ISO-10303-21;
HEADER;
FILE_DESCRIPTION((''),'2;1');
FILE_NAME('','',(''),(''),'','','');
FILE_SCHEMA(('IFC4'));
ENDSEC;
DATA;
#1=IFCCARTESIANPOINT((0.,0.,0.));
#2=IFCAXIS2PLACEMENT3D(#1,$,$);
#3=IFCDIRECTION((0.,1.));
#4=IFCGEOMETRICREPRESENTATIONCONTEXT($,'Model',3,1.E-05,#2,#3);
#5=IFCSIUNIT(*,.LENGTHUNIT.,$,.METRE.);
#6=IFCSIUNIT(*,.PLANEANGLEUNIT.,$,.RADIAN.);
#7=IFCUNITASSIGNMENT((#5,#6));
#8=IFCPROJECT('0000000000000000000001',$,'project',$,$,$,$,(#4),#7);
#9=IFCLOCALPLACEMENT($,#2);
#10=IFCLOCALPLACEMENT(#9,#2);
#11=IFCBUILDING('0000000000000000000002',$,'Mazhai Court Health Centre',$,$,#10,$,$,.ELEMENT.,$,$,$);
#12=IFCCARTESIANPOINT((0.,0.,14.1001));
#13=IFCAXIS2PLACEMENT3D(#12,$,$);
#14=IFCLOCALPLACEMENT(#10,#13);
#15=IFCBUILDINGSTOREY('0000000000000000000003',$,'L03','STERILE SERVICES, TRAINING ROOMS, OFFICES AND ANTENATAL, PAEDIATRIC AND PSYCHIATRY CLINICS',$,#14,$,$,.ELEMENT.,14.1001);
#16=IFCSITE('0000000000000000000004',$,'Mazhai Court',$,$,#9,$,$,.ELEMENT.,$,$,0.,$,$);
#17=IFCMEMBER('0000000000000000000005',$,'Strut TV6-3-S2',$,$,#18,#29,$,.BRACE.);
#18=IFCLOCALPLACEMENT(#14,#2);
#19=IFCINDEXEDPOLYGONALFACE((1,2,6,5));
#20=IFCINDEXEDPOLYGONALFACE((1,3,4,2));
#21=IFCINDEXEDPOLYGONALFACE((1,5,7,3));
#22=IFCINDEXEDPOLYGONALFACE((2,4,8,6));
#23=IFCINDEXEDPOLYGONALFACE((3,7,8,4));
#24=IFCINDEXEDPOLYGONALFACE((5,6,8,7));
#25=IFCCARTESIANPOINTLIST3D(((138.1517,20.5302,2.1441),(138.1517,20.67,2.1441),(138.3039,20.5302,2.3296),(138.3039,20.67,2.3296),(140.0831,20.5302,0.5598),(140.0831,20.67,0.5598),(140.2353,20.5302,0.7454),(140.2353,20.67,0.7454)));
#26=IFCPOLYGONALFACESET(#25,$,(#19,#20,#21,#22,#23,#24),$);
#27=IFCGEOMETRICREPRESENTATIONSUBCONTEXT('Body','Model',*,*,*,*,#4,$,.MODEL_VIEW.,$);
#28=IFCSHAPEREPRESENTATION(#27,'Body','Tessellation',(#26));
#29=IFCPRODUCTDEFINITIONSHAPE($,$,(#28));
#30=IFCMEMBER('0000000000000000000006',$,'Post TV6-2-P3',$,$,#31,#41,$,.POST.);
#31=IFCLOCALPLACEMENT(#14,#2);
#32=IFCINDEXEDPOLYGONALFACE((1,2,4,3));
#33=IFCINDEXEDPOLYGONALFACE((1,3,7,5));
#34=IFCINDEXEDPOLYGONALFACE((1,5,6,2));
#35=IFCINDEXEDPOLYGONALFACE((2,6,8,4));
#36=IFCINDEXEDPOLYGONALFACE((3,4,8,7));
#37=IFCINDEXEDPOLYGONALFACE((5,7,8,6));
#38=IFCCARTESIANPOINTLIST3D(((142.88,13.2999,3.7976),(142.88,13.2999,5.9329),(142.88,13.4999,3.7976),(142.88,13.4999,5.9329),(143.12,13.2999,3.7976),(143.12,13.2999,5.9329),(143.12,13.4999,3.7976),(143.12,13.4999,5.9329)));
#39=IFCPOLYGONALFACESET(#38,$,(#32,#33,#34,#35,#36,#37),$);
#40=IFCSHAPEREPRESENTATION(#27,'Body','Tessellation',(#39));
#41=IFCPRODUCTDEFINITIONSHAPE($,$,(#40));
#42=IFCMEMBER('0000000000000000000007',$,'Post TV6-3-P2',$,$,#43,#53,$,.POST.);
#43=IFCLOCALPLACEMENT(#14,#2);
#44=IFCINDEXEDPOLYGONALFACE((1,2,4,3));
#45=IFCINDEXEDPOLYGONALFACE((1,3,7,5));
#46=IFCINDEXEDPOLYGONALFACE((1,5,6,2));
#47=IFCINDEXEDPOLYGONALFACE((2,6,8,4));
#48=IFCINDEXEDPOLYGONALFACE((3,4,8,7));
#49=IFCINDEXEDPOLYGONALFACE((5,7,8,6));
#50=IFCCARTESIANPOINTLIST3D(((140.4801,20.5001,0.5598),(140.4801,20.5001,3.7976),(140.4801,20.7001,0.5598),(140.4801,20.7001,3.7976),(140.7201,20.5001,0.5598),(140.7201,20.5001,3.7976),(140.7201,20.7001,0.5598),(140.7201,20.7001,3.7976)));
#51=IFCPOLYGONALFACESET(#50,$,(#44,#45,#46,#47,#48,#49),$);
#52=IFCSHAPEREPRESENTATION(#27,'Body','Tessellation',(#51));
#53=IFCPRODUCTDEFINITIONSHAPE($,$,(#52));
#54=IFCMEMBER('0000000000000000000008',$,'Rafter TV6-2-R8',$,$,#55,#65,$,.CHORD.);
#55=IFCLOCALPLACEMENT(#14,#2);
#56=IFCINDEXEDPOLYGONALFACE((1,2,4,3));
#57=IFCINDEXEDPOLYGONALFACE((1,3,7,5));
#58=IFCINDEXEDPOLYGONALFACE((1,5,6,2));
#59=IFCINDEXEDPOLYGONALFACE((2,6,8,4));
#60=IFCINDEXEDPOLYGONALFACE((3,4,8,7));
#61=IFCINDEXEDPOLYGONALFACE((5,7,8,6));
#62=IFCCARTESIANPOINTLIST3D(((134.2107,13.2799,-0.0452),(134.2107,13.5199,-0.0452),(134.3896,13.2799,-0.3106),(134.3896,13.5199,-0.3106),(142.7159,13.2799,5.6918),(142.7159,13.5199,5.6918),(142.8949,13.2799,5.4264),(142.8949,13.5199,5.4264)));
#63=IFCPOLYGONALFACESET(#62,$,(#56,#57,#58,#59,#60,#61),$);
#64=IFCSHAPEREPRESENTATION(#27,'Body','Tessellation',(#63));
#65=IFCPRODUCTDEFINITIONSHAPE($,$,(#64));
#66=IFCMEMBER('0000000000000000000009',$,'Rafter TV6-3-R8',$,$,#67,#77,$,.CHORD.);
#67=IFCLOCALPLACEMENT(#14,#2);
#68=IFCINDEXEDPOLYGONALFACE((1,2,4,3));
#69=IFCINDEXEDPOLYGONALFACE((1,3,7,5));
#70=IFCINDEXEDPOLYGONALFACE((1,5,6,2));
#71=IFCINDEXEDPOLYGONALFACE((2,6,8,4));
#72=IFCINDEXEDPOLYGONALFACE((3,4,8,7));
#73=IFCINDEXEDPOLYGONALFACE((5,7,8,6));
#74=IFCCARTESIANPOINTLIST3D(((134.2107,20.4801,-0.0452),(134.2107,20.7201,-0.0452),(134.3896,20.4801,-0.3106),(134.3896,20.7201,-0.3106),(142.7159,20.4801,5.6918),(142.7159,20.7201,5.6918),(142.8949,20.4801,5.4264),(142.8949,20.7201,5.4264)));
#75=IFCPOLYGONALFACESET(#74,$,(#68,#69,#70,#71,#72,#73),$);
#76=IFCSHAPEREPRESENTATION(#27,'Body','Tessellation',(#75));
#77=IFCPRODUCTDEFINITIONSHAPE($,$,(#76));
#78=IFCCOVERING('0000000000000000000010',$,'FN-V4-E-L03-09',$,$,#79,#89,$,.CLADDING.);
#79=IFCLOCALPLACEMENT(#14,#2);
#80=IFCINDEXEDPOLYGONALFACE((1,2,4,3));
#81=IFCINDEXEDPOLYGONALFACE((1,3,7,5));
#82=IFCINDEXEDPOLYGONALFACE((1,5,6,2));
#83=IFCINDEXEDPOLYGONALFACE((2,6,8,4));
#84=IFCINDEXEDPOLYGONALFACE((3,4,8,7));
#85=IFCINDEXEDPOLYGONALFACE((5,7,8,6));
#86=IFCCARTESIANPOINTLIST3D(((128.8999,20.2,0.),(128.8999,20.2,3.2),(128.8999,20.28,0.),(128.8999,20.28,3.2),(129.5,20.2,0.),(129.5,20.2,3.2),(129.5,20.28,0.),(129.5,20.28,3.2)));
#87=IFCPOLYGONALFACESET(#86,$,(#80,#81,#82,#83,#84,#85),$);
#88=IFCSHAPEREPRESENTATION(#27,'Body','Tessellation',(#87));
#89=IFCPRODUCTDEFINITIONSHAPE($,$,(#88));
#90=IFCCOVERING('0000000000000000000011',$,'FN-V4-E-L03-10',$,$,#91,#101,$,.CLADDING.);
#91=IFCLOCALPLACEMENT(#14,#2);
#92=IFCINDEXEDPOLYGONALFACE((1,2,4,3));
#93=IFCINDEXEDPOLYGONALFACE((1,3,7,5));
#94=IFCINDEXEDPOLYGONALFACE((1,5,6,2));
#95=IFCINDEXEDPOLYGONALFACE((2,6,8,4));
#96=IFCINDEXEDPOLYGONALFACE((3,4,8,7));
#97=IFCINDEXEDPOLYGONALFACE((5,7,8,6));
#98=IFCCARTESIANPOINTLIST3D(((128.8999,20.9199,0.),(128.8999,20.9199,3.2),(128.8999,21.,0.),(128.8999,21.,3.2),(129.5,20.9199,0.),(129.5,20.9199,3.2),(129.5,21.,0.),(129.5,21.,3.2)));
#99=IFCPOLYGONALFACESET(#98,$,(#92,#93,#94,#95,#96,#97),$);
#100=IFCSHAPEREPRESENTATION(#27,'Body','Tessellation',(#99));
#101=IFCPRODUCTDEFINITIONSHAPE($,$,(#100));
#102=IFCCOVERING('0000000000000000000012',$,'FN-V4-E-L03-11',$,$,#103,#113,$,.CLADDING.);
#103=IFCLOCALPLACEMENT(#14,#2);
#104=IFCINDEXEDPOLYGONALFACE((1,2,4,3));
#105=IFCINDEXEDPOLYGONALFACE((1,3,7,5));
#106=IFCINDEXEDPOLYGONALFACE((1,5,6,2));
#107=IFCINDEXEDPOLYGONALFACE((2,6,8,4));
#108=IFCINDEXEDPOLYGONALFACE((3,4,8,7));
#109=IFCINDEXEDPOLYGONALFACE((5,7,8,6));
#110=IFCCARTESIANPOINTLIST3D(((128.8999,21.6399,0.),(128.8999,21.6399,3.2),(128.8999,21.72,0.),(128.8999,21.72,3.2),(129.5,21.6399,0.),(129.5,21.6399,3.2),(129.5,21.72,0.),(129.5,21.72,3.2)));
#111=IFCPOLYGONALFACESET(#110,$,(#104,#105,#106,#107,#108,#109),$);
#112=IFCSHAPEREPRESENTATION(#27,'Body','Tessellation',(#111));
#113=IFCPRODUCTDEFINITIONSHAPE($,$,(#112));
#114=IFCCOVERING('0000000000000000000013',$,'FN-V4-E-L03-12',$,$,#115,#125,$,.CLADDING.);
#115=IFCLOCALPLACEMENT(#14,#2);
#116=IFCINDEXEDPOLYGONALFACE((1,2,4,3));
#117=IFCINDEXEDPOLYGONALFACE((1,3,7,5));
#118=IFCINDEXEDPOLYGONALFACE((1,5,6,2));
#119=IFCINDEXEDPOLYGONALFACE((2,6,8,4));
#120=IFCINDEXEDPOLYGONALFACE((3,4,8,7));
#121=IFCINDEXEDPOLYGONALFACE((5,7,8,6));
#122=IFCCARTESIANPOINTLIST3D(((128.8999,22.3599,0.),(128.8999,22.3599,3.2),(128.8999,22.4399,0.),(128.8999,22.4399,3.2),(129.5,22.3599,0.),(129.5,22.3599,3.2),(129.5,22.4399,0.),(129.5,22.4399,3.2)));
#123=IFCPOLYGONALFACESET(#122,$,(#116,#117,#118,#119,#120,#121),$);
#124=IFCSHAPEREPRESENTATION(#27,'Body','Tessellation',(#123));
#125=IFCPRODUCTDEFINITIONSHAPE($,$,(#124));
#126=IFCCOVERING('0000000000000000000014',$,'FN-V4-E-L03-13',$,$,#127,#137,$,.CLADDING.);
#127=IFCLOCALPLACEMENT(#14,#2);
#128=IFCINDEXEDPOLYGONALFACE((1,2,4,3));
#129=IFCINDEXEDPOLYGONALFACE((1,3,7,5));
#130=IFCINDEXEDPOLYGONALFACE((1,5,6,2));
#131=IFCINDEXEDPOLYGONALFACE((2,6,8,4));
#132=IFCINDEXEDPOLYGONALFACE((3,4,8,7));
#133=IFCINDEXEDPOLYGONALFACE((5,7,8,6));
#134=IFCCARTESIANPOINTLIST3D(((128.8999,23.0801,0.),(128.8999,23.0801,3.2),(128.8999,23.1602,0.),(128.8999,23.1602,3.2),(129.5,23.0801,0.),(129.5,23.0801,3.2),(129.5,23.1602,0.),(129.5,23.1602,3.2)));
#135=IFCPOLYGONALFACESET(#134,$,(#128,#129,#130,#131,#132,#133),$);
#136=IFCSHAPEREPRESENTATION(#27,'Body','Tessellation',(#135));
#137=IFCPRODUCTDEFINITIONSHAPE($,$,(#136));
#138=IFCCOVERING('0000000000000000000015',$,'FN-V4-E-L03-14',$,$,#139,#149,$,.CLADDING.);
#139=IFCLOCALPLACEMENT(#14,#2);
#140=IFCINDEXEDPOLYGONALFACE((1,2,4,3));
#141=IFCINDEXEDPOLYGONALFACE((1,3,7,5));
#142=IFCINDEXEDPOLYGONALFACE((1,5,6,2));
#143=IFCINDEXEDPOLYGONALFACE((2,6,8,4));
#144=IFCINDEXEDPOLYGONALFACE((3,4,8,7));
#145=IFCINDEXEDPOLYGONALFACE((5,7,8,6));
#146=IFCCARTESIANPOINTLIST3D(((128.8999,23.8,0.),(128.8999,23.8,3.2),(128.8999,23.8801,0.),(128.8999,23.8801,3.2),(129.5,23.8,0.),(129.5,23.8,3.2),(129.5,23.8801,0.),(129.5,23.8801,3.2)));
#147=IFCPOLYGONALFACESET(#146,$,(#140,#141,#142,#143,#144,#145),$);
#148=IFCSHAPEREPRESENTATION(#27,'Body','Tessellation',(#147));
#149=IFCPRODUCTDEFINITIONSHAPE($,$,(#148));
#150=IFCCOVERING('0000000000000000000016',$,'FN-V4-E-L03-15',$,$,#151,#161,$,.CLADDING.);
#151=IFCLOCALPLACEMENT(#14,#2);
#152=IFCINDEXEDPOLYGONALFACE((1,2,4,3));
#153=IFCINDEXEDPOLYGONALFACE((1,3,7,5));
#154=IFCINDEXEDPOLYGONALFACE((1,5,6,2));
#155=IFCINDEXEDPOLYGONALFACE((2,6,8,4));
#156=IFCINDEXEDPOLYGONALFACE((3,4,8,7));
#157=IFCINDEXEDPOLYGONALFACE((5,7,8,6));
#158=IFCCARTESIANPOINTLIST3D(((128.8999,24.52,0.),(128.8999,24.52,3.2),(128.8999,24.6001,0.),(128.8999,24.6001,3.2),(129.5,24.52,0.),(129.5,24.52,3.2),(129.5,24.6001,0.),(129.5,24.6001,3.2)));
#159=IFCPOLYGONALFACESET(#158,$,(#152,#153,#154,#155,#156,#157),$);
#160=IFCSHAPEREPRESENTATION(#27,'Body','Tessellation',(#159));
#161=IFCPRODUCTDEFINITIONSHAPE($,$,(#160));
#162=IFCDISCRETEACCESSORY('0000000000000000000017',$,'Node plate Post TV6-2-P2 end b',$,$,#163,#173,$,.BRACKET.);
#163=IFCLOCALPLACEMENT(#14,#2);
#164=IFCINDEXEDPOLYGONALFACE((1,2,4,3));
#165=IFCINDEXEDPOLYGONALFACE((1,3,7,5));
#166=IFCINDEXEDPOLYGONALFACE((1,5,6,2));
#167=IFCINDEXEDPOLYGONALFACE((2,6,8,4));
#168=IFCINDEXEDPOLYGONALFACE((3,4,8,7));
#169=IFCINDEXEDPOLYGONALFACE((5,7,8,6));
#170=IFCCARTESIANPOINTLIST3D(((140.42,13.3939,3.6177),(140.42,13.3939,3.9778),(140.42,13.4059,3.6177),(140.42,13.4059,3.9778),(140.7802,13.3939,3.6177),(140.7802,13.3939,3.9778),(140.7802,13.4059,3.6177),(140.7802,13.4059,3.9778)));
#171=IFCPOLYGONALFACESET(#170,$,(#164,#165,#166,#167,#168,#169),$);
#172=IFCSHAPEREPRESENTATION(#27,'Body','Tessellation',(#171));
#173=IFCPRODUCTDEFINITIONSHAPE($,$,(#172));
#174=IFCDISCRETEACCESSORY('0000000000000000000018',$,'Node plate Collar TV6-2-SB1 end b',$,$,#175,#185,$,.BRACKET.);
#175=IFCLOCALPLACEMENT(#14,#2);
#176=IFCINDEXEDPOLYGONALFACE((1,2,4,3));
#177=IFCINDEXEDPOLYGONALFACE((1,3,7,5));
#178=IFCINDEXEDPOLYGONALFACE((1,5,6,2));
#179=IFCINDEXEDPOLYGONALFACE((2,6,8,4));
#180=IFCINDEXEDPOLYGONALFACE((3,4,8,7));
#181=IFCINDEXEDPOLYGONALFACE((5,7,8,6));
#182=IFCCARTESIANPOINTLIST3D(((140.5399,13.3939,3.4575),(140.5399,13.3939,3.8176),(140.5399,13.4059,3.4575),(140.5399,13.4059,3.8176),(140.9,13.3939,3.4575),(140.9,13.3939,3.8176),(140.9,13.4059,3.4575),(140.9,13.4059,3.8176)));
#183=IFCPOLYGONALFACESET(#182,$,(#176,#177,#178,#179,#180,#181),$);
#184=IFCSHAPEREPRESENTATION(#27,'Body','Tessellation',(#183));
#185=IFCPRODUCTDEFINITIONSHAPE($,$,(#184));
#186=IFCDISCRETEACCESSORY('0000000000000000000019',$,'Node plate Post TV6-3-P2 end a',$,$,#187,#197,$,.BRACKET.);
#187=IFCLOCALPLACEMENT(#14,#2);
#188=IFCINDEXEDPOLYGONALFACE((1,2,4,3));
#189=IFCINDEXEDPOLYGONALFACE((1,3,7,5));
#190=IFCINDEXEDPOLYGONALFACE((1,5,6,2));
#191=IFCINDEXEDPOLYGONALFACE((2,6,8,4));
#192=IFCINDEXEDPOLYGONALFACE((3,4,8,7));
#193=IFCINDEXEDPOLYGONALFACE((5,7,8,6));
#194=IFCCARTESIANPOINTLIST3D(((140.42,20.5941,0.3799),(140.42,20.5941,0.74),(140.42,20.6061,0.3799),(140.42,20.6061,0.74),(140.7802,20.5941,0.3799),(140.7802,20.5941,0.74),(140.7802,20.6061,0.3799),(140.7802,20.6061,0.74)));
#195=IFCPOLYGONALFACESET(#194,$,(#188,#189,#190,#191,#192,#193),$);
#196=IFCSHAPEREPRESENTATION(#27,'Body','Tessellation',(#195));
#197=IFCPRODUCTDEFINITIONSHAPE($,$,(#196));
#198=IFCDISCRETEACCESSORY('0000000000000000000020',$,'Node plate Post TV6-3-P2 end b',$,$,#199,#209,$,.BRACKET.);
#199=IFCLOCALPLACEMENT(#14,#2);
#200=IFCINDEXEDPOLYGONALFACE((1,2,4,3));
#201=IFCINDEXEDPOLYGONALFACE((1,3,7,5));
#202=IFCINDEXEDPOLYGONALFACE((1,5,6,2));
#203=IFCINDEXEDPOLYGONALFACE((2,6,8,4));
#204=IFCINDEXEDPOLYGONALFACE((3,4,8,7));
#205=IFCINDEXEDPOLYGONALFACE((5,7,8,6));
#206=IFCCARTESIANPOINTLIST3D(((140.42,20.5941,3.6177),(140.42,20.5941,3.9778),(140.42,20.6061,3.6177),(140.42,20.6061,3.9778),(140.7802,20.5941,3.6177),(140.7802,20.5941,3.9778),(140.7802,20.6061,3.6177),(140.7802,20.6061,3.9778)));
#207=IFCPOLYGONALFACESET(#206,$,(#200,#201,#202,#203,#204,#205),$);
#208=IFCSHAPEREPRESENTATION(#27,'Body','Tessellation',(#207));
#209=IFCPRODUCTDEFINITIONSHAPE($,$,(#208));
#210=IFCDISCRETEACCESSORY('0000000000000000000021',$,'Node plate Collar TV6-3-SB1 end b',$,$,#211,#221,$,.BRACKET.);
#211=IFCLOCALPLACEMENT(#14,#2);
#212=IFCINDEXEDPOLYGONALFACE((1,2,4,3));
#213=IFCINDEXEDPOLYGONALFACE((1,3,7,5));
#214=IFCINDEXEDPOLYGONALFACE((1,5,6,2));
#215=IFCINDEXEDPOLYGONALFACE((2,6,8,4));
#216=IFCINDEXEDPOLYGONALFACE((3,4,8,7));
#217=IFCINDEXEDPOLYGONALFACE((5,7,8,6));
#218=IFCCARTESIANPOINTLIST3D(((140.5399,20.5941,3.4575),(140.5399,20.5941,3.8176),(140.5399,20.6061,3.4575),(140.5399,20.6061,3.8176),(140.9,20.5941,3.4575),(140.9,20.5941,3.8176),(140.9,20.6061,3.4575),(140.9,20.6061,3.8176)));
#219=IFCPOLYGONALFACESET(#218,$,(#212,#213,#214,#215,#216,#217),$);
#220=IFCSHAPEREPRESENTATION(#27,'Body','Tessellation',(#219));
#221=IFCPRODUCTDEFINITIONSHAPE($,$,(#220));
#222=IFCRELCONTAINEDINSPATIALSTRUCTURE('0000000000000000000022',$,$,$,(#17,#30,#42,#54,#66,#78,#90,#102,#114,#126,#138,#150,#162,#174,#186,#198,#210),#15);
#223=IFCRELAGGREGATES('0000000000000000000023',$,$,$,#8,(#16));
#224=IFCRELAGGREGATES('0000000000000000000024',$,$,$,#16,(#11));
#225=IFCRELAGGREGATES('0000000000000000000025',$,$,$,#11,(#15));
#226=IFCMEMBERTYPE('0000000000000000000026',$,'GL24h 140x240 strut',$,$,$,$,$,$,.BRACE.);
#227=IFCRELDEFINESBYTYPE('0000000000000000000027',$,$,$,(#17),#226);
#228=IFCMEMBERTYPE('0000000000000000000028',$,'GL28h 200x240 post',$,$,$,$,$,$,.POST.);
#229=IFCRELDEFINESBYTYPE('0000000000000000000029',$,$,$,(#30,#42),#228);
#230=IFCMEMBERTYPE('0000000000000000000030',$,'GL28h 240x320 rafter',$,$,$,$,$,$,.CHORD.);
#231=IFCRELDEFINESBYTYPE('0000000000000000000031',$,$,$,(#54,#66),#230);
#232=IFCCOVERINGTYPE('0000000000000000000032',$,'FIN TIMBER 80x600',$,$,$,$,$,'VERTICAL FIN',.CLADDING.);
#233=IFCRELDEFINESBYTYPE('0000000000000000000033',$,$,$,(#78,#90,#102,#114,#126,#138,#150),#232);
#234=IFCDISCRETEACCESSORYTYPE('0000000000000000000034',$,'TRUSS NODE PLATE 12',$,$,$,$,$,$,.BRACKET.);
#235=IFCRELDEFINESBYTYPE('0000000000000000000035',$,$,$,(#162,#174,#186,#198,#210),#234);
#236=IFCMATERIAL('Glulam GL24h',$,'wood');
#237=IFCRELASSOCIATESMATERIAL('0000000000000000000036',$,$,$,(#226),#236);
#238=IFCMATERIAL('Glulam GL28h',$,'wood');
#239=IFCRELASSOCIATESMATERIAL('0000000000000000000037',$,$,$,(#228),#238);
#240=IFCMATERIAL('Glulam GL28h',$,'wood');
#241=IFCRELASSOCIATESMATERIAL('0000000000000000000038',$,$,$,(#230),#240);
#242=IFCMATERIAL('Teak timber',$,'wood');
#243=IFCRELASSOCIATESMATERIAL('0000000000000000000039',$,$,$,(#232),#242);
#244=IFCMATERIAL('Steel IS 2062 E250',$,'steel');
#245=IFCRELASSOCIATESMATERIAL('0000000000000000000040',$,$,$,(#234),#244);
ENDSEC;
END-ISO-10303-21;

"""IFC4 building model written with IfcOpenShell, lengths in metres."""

from ifc_helpers import new_model, si_unit, direction, frame, origin, origin_2d, place, context, subcontext, project, spatial, rectangle, extrude, material, material_profile, profile_set, type_object, element, save


model = new_model("IFC4")

# Units and contexts
model_context = context("Model", 3, precision=1e-05, world=origin(), true_north=direction((0.0, 1.0)))
body_context = subcontext(model_context, "Body", "Model", "MODEL_VIEW")
ifc_project = project(units=[si_unit("LENGTHUNIT", "METRE"), si_unit("PLANEANGLEUNIT", "RADIAN")], contexts=[model_context])

# Site, building, storey
site_placement = place(None, origin())
site = spatial("IfcSite", under=ifc_project, at=site_placement, Name="Mazhai Court", CompositionType="ELEMENT", RefElevation=0.0)
building_placement = place(site_placement, origin())
building = spatial("IfcBuilding", under=site, at=building_placement, Name="Mazhai Court Health Centre", CompositionType="ELEMENT")
storey_placement = place(building_placement, frame((0.0, 0.0, 14.1001)))
storey = spatial("IfcBuildingStorey", under=building, at=storey_placement, Name="L03", Description="STERILE SERVICES, TRAINING ROOMS, OFFICES AND ANTENATAL, PAEDIATRIC AND PSYCHIATRY CLINICS", CompositionType="ELEMENT", Elevation=14.1001)

# Members
ifc_material_1 = material(Name="Glulam GL24h", Category="wood")
ifc_material_profile_1 = material_profile(ifc_material_1, rectangle(XDim=0.1399, YDim=0.24, at=origin_2d()), Name="GL24h 140x240")
ifc_profile_set_1 = profile_set([ifc_material_profile_1], Name="Glulam GL24h")
member_type_1 = type_object("IfcMemberType", Name="GL24h 140x240 strut", PredefinedType="BRACE", material=ifc_profile_set_1)
member_1_placement = place(storey_placement, frame((140.1592, 20.6001, 0.6526), z_axis=(-0.773173, 0.0, 0.634195), x_axis=(0.0, -1.0, 0.0)))
element("IfcMember", 1, at=member_1_placement, inside=storey, type_object=member_type_1, Name="Strut TV6-3-S2", PredefinedType="BRACE", context=body_context, shape_type="SweptSolid", body=[
    extrude(rectangle(XDim=0.1399, YDim=0.24, at=origin_2d()), origin(), (0.0, 0.0, 1.0), 2.498),
])
ifc_material_2 = material(Name="Glulam GL28h", Category="wood")
ifc_material_profile_2 = material_profile(ifc_material_2, rectangle(XDim=0.2, YDim=0.24, at=origin_2d()), Name="GL28h 200x240")
ifc_profile_set_2 = profile_set([ifc_material_profile_2], Name="Glulam GL28h")
member_type_2 = type_object("IfcMemberType", Name="GL28h 200x240 post", PredefinedType="POST", material=ifc_profile_set_2)
member_2_placement = place(storey_placement, frame((143.0, 13.3999, 3.7976), z_axis=(0.0, 0.0, 1.0), x_axis=(0.0, 1.0, 0.0)))
element("IfcMember", 2, at=member_2_placement, inside=storey, type_object=member_type_2, Name="Post TV6-2-P3", PredefinedType="POST", context=body_context, shape_type="SweptSolid", body=[
    extrude(rectangle(XDim=0.2, YDim=0.24, at=origin_2d()), origin(), (0.0, 0.0, 1.0), 2.1353),
])
member_3_placement = place(storey_placement, frame((140.6001, 20.6001, 0.5598), z_axis=(0.0, 0.0, 1.0), x_axis=(0.0, 1.0, 0.0)))
element("IfcMember", 3, at=member_3_placement, inside=storey, type_object=member_type_2, Name="Post TV6-3-P2", PredefinedType="POST", context=body_context, shape_type="SweptSolid", body=[
    extrude(rectangle(XDim=0.2, YDim=0.24, at=origin_2d()), origin(), (0.0, 0.0, 1.0), 3.2378),
])
ifc_material_3 = material(Name="Glulam GL28h", Category="wood")
ifc_material_profile_3 = material_profile(ifc_material_3, rectangle(XDim=0.24, YDim=0.3201, at=origin_2d()), Name="GL28h 240x320")
ifc_profile_set_3 = profile_set([ifc_material_profile_3], Name="Glulam GL28h")
member_type_3 = type_object("IfcMemberType", Name="GL28h 240x320 rafter", PredefinedType="CHORD", material=ifc_profile_set_3)
for number, where, z_axis, x_axis, name in (
    (4, (142.8054, 13.3999, 5.5591), (-0.829032, 0.0, -0.559201), (0.0, -1.0, 0.0), "Rafter TV6-2-R8"),
    (5, (142.8054, 20.6001, 5.5591), (-0.829032, 0.0, -0.559201), (0.0, -1.0, 0.0), "Rafter TV6-3-R8"),
):
    element("IfcMember", number, at=place(storey_placement, frame(where, z_axis=z_axis, x_axis=x_axis)), inside=storey, type_object=member_type_3, Name=name, PredefinedType="CHORD", context=body_context, shape_type="SweptSolid", body=[
        extrude(rectangle(XDim=0.24, YDim=0.3201, at=origin_2d()), origin(), (0.0, 0.0, 1.0), 10.2593),
    ])

# Coverings
ifc_material_4 = material(Name="Teak timber", Category="wood")
covering_type = type_object("IfcCoveringType", Name="FIN TIMBER 80x600", ElementType="VERTICAL FIN", PredefinedType="CLADDING", material=ifc_material_4)
for number, where, z_axis, x_axis, name in (
    (6, (129.2, 20.24, 0.0), (0.0, 0.0, 1.0), (0.0, 1.0, 0.0), "FN-V4-E-L03-09"),
    (7, (129.2, 20.96, 0.0), (0.0, 0.0, 1.0), (0.0, 1.0, 0.0), "FN-V4-E-L03-10"),
    (8, (129.2, 21.6799, 0.0), (0.0, 0.0, 1.0), (0.0, 1.0, 0.0), "FN-V4-E-L03-11"),
    (9, (129.2, 22.3999, 0.0), (0.0, 0.0, 1.0), (0.0, 1.0, 0.0), "FN-V4-E-L03-12"),
    (10, (129.2, 23.1201, 0.0), (0.0, 0.0, 1.0), (0.0, 1.0, 0.0), "FN-V4-E-L03-13"),
    (11, (129.2, 23.8401, 0.0), (0.0, 0.0, 1.0), (0.0, 1.0, 0.0), "FN-V4-E-L03-14"),
    (12, (129.2, 24.5601, 0.0), (0.0, 0.0, 1.0), (0.0, 1.0, 0.0), "FN-V4-E-L03-15"),
):
    element("IfcCovering", number, at=place(storey_placement, frame(where, z_axis=z_axis, x_axis=x_axis)), inside=storey, type_object=covering_type, Name=name, PredefinedType="CLADDING", context=body_context, shape_type="SweptSolid", body=[
        extrude(rectangle(XDim=0.0801, YDim=0.6001, at=origin_2d()), origin(), (0.0, 0.0, 1.0), 3.2),
    ])

# Discrete accessories
ifc_material_5 = material(Name="Steel IS 2062 E250", Category="steel")
discrete_accessory_type = type_object("IfcDiscreteAccessoryType", Name="TRUSS NODE PLATE 12", PredefinedType="BRACKET", material=ifc_material_5)
for number, where, z_axis, x_axis, name in (
    (13, (140.6001, 13.3999, 3.6177), (0.0, 0.0, 1.0), (1.0, 0.0, 0.0), "Node plate Post TV6-2-P2 end b"),
    (14, (140.72, 13.3999, 3.4575), (0.0, 0.0, 1.0), (1.0, 0.0, 0.0), "Node plate Collar TV6-2-SB1 end b"),
    (15, (140.6001, 20.6001, 0.3799), (0.0, 0.0, 1.0), (1.0, 0.0, 0.0), "Node plate Post TV6-3-P2 end a"),
    (16, (140.6001, 20.6001, 3.6177), (0.0, 0.0, 1.0), (1.0, 0.0, 0.0), "Node plate Post TV6-3-P2 end b"),
    (17, (140.72, 20.6001, 3.4575), (0.0, 0.0, 1.0), (1.0, 0.0, 0.0), "Node plate Collar TV6-3-SB1 end b"),
):
    element("IfcDiscreteAccessory", number, at=place(storey_placement, frame(where, z_axis=z_axis, x_axis=x_axis)), inside=storey, type_object=discrete_accessory_type, Name=name, PredefinedType="BRACKET", context=body_context, shape_type="SweptSolid", body=[
        extrude(rectangle(XDim=0.3601, YDim=0.012, at=origin_2d()), origin(), (0.0, 0.0, 1.0), 0.3601),
    ])

save(model, "model.ifc")
